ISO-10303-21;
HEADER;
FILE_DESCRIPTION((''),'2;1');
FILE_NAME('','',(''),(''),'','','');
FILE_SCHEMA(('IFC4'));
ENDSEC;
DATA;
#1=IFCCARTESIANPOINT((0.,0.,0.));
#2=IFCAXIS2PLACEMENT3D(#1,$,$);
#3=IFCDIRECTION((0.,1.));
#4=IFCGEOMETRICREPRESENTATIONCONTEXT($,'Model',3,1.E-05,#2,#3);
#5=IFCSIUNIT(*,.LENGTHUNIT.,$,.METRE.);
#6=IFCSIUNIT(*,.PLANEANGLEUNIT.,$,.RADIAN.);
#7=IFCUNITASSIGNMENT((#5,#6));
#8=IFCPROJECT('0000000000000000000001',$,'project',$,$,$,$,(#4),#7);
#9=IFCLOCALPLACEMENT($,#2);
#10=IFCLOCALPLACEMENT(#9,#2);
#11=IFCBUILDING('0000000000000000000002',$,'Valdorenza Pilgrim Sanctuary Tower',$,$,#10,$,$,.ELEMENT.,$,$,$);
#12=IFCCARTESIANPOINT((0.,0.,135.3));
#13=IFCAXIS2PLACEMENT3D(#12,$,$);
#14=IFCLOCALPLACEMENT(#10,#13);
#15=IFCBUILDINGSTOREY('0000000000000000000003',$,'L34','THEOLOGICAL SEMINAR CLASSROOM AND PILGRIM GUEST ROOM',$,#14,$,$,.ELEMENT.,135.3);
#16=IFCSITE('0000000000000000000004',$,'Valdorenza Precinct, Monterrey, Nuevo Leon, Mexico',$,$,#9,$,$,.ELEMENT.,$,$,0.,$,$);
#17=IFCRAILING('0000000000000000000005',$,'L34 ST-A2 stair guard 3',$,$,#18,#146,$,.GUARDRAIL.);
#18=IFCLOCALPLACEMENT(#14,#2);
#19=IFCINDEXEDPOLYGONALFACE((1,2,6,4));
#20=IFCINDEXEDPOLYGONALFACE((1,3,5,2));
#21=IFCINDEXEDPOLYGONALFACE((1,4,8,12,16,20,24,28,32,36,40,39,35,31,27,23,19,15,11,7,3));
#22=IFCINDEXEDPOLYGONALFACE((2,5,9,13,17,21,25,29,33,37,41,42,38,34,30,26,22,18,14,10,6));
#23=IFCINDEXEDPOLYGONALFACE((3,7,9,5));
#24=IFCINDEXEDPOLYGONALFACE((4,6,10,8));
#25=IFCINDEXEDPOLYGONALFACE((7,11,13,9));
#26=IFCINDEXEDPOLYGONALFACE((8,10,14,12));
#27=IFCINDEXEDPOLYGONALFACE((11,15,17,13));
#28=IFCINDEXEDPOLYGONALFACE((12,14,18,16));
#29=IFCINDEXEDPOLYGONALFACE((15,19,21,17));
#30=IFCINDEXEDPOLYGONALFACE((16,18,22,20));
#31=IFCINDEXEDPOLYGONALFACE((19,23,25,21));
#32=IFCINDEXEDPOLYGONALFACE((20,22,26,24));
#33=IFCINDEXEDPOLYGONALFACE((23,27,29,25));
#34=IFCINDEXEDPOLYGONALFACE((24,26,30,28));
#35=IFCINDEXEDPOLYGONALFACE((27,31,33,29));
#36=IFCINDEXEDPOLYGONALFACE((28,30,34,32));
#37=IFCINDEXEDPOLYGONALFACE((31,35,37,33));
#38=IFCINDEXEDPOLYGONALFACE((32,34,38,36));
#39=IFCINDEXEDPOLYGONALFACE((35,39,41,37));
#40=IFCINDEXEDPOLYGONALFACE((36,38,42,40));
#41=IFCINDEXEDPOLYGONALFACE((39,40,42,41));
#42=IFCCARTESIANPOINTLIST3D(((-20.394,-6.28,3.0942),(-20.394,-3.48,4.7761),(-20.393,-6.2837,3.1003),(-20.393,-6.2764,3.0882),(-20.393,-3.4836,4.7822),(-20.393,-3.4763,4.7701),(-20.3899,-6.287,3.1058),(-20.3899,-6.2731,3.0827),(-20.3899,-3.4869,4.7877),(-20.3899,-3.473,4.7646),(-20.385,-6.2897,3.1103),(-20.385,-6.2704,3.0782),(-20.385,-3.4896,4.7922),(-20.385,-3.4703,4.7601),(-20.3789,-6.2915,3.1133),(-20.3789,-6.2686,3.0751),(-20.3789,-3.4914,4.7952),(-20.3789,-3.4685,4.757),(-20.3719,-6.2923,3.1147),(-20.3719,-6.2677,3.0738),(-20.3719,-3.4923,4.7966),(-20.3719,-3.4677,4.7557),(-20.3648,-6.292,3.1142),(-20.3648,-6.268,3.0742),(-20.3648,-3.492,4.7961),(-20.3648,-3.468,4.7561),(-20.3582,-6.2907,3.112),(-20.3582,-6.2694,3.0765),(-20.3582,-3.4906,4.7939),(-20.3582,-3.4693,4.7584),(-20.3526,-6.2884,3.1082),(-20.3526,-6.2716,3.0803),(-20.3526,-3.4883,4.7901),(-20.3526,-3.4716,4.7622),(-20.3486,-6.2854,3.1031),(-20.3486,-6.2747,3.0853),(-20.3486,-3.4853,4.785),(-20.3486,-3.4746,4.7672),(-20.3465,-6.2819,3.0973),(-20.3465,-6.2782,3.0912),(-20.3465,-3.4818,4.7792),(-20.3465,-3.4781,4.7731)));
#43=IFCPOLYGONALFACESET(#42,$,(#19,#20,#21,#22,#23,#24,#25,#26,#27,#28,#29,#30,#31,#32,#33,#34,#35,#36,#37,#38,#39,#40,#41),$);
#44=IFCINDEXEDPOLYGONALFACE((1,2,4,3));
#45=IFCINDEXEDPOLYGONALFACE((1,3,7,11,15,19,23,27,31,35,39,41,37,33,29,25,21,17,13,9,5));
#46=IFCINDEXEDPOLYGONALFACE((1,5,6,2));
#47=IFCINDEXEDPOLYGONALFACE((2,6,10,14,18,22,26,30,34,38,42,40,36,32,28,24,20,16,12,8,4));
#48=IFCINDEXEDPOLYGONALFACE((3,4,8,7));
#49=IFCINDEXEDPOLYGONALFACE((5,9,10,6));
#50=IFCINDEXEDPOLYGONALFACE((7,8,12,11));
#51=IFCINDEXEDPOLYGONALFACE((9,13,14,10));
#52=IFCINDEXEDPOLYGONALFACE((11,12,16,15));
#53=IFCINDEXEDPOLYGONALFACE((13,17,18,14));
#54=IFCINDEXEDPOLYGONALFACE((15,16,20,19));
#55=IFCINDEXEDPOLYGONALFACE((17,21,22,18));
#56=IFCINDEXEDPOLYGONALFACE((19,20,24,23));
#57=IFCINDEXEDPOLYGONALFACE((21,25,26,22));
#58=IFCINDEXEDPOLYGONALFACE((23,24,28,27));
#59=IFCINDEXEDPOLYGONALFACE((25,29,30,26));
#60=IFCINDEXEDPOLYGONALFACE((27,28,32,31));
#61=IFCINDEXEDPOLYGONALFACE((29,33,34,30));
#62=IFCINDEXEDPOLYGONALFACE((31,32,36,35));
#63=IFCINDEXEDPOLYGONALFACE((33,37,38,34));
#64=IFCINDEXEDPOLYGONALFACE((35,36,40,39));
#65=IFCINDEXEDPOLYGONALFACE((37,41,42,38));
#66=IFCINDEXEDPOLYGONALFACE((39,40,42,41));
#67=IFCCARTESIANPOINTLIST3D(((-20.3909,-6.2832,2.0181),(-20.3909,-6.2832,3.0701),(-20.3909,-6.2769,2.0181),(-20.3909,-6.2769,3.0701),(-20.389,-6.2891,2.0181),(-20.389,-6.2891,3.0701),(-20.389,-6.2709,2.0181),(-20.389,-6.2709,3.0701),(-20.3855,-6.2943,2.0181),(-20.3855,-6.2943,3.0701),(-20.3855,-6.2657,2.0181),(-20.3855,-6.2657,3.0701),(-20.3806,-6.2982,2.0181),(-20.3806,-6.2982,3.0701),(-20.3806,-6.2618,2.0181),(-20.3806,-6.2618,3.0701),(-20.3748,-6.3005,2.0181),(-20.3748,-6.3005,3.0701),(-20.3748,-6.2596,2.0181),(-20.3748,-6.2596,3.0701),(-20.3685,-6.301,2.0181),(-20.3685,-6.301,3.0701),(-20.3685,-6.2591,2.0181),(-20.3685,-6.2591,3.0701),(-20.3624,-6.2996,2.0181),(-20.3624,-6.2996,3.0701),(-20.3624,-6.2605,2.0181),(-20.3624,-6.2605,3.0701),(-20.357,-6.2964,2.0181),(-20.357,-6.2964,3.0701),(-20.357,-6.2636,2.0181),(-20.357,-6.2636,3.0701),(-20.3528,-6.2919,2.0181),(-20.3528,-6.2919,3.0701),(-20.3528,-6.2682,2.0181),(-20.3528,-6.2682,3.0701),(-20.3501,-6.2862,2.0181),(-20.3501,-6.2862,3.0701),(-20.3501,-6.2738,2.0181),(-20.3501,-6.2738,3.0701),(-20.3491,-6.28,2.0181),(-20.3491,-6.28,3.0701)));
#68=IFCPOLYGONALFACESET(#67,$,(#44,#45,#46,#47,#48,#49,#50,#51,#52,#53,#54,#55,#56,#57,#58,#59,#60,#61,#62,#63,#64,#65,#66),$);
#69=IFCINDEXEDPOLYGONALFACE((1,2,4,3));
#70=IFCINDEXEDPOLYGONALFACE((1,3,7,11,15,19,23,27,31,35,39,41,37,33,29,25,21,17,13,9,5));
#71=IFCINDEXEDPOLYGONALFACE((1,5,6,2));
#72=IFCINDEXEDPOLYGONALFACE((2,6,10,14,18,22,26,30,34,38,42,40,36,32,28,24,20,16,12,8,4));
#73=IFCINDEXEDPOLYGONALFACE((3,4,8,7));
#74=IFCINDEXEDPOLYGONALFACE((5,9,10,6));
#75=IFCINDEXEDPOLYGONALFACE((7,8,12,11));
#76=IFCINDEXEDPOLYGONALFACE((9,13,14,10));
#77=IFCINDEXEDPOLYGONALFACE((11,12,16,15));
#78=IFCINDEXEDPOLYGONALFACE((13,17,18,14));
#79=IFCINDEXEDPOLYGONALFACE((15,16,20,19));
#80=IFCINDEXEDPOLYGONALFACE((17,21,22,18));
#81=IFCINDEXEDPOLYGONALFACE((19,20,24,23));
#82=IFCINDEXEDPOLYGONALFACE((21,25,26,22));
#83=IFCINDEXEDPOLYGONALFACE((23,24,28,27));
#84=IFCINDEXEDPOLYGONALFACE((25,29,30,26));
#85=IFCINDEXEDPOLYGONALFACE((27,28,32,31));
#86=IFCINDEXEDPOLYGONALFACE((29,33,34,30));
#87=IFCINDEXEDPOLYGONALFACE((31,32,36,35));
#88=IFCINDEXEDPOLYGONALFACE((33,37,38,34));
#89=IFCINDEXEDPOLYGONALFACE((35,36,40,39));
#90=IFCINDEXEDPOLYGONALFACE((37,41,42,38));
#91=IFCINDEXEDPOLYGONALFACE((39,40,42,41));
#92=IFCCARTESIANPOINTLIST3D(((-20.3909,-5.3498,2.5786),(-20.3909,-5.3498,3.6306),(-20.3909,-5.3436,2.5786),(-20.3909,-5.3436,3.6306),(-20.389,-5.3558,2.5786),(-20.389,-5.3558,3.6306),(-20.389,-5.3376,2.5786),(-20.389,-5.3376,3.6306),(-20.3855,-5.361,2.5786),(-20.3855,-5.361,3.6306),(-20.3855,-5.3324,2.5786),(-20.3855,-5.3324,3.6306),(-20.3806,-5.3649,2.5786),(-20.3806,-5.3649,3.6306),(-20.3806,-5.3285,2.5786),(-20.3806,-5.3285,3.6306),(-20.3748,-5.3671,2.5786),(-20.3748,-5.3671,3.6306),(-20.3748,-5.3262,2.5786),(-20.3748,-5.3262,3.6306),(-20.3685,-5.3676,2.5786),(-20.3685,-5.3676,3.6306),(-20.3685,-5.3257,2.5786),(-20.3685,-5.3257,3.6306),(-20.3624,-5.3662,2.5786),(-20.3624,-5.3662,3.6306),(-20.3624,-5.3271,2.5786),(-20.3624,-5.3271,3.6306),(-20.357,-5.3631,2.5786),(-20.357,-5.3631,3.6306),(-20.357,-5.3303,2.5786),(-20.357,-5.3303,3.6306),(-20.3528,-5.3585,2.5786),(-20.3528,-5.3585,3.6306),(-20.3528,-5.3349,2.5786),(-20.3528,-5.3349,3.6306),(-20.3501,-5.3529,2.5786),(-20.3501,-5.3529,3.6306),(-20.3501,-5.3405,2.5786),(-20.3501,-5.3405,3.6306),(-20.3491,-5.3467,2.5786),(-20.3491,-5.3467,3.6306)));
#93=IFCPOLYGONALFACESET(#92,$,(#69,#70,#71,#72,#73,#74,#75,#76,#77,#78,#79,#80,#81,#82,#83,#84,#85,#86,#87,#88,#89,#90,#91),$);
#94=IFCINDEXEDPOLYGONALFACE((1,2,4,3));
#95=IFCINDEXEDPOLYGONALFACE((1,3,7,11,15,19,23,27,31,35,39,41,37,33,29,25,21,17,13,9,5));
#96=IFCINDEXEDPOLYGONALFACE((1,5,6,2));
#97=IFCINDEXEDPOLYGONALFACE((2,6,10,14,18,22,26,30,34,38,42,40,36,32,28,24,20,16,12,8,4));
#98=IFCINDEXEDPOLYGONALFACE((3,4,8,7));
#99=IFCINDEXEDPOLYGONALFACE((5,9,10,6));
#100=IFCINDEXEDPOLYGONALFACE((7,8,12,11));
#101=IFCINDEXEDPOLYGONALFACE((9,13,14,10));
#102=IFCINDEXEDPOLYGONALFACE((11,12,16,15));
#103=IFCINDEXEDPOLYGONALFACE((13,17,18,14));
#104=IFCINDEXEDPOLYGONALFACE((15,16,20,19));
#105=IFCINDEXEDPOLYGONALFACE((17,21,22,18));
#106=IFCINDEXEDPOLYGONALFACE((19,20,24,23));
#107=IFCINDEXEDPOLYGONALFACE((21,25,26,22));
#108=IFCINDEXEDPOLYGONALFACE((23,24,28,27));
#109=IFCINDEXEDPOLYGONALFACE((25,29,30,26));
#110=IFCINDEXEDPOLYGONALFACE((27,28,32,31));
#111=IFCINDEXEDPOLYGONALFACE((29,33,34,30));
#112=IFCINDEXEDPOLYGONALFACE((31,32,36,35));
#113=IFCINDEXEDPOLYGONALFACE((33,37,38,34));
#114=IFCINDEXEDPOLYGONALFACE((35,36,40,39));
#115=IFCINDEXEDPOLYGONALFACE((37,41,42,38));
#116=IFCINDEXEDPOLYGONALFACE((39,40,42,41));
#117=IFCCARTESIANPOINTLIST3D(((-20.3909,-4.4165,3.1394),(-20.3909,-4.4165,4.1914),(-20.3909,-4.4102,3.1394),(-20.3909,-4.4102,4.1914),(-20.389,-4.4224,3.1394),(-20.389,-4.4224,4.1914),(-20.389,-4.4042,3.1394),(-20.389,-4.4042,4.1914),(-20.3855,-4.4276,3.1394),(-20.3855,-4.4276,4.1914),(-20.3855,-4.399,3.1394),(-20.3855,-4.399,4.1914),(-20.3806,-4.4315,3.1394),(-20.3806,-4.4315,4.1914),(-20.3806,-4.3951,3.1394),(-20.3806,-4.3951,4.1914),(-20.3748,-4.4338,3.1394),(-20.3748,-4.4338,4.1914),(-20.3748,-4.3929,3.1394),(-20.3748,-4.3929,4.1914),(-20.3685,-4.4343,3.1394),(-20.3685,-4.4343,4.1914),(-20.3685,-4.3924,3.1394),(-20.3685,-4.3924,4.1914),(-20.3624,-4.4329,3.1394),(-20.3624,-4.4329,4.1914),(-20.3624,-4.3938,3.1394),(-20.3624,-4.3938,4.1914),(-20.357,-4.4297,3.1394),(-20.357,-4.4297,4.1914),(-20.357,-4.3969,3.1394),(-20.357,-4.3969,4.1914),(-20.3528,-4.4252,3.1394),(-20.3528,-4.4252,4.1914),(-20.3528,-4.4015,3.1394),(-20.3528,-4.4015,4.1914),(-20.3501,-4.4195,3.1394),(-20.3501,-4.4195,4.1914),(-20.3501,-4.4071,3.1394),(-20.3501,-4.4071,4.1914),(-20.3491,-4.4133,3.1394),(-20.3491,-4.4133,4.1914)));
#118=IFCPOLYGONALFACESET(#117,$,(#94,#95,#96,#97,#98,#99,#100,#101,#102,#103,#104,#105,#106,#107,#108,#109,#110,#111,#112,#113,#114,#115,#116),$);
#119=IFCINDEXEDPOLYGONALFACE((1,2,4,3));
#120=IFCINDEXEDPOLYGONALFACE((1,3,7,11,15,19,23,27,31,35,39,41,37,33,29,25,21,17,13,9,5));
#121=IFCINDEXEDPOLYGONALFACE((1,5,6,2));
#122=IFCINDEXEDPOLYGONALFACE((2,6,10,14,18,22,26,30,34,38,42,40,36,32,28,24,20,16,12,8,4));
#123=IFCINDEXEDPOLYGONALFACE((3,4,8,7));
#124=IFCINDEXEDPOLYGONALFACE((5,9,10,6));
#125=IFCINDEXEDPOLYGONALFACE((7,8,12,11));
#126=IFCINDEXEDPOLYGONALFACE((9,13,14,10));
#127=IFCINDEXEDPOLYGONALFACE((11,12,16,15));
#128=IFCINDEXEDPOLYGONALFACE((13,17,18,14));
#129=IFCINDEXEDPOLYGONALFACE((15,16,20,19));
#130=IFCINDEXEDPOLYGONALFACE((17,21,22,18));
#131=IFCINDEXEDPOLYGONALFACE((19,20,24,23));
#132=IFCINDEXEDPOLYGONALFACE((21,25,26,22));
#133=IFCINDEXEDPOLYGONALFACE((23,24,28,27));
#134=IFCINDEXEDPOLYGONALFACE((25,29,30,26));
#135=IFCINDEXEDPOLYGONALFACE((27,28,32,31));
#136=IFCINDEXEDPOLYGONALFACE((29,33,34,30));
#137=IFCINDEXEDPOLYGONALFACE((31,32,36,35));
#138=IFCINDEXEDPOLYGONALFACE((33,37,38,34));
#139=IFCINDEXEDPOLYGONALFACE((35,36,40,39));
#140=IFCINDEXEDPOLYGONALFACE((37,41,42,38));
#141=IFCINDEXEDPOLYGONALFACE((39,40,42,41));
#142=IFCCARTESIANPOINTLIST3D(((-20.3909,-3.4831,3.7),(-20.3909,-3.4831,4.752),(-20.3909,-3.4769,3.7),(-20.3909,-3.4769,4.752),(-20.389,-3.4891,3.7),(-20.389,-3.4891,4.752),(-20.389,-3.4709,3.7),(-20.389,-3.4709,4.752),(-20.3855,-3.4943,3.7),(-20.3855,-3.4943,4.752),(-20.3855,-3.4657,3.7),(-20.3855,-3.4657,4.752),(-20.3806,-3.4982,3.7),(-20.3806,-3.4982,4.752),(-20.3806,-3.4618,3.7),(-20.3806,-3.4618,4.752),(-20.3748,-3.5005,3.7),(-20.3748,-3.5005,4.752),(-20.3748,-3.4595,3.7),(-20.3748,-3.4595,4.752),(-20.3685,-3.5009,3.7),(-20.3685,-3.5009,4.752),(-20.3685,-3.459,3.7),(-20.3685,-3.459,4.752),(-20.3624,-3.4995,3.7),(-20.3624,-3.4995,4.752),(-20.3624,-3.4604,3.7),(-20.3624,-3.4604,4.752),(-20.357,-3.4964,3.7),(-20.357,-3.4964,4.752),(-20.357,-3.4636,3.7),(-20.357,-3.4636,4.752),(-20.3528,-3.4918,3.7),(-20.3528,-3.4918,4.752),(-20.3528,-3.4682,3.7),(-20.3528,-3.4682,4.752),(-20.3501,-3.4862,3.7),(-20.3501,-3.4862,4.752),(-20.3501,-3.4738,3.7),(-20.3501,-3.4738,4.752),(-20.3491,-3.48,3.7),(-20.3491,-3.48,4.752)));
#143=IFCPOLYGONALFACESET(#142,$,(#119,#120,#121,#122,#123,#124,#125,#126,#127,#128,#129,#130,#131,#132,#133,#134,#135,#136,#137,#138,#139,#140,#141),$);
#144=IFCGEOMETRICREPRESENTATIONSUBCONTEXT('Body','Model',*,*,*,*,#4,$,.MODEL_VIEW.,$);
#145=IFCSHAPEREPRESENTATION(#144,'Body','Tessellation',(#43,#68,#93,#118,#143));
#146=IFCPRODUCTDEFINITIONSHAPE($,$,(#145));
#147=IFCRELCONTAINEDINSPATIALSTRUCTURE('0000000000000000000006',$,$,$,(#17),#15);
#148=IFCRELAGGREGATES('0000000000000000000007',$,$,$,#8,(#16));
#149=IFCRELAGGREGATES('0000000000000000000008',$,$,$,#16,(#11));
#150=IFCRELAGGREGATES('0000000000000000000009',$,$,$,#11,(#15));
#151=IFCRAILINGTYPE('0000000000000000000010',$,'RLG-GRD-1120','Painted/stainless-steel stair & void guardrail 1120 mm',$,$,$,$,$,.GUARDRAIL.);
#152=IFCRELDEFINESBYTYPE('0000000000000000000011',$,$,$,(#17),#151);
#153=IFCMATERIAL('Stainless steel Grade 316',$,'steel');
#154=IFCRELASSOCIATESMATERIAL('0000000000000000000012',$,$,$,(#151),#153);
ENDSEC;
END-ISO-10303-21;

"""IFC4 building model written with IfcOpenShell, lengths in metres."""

from ifc_helpers import new_model, si_unit, direction, frame, origin, origin_2d, place, context, subcontext, project, spatial, circle, extrude, material, type_object, element, save


model = new_model("IFC4")

# Units and contexts
model_context = context("Model", 3, precision=1e-05, world=origin(), true_north=direction((0.0, 1.0)))
body_context = subcontext(model_context, "Body", "Model", "MODEL_VIEW")
ifc_project = project(units=[si_unit("LENGTHUNIT", "METRE"), si_unit("PLANEANGLEUNIT", "RADIAN")], contexts=[model_context])

# Site, building, storey
site_placement = place(None, origin())
site = spatial("IfcSite", under=ifc_project, at=site_placement, Name="Valdorenza Precinct, Monterrey, Nuevo Leon, Mexico", CompositionType="ELEMENT", RefElevation=0.0)
building_placement = place(site_placement, origin())
building = spatial("IfcBuilding", under=site, at=building_placement, Name="Valdorenza Pilgrim Sanctuary Tower", CompositionType="ELEMENT")
storey_placement = place(building_placement, frame((0.0, 0.0, 135.3)))
storey = spatial("IfcBuildingStorey", under=building, at=storey_placement, Name="L34", Description="THEOLOGICAL SEMINAR CLASSROOM AND PILGRIM GUEST ROOM", CompositionType="ELEMENT", Elevation=135.3)

# Railing
ifc_material_1 = material(Name="Stainless steel Grade 316", Category="steel")
railing_type_1 = type_object("IfcRailingType", Name="RLG-GRD-1120", Description="Painted/stainless-steel stair & void guardrail 1120 mm", PredefinedType="GUARDRAIL", material=ifc_material_1)
railing_1_placement = place(storey_placement, frame((-20.3701, -6.28, 2.0181)))
element("IfcRailing", 1, at=railing_1_placement, inside=storey, type_object=railing_type_1, Name="L34 ST-A2 stair guard 3", PredefinedType="GUARDRAIL", context=body_context, shape_type="SweptSolid", body=[
    extrude(circle(Radius=0.0239, at=origin_2d()), frame((0.0, 0.0, 1.0762), z_axis=(0.0, 0.857242, 0.514913), x_axis=(-1.0, 0.0, 0.0)), (0.0, 0.0, 1.0), 3.2664),
    extrude(circle(Radius=0.021, at=origin_2d()), origin(), (0.0, 0.0, 1.0), 1.052),
    extrude(circle(Radius=0.021, at=origin_2d()), frame((0.0, 0.9333, 0.5605)), (0.0, 0.0, 1.0), 1.052),
    extrude(circle(Radius=0.021, at=origin_2d()), frame((0.0, 1.8667, 1.1213)), (0.0, 0.0, 1.0), 1.052),
    extrude(circle(Radius=0.021, at=origin_2d()), frame((0.0, 2.8, 1.6819)), (0.0, 0.0, 1.0), 1.052),
])

save(model, "model.ifc")
